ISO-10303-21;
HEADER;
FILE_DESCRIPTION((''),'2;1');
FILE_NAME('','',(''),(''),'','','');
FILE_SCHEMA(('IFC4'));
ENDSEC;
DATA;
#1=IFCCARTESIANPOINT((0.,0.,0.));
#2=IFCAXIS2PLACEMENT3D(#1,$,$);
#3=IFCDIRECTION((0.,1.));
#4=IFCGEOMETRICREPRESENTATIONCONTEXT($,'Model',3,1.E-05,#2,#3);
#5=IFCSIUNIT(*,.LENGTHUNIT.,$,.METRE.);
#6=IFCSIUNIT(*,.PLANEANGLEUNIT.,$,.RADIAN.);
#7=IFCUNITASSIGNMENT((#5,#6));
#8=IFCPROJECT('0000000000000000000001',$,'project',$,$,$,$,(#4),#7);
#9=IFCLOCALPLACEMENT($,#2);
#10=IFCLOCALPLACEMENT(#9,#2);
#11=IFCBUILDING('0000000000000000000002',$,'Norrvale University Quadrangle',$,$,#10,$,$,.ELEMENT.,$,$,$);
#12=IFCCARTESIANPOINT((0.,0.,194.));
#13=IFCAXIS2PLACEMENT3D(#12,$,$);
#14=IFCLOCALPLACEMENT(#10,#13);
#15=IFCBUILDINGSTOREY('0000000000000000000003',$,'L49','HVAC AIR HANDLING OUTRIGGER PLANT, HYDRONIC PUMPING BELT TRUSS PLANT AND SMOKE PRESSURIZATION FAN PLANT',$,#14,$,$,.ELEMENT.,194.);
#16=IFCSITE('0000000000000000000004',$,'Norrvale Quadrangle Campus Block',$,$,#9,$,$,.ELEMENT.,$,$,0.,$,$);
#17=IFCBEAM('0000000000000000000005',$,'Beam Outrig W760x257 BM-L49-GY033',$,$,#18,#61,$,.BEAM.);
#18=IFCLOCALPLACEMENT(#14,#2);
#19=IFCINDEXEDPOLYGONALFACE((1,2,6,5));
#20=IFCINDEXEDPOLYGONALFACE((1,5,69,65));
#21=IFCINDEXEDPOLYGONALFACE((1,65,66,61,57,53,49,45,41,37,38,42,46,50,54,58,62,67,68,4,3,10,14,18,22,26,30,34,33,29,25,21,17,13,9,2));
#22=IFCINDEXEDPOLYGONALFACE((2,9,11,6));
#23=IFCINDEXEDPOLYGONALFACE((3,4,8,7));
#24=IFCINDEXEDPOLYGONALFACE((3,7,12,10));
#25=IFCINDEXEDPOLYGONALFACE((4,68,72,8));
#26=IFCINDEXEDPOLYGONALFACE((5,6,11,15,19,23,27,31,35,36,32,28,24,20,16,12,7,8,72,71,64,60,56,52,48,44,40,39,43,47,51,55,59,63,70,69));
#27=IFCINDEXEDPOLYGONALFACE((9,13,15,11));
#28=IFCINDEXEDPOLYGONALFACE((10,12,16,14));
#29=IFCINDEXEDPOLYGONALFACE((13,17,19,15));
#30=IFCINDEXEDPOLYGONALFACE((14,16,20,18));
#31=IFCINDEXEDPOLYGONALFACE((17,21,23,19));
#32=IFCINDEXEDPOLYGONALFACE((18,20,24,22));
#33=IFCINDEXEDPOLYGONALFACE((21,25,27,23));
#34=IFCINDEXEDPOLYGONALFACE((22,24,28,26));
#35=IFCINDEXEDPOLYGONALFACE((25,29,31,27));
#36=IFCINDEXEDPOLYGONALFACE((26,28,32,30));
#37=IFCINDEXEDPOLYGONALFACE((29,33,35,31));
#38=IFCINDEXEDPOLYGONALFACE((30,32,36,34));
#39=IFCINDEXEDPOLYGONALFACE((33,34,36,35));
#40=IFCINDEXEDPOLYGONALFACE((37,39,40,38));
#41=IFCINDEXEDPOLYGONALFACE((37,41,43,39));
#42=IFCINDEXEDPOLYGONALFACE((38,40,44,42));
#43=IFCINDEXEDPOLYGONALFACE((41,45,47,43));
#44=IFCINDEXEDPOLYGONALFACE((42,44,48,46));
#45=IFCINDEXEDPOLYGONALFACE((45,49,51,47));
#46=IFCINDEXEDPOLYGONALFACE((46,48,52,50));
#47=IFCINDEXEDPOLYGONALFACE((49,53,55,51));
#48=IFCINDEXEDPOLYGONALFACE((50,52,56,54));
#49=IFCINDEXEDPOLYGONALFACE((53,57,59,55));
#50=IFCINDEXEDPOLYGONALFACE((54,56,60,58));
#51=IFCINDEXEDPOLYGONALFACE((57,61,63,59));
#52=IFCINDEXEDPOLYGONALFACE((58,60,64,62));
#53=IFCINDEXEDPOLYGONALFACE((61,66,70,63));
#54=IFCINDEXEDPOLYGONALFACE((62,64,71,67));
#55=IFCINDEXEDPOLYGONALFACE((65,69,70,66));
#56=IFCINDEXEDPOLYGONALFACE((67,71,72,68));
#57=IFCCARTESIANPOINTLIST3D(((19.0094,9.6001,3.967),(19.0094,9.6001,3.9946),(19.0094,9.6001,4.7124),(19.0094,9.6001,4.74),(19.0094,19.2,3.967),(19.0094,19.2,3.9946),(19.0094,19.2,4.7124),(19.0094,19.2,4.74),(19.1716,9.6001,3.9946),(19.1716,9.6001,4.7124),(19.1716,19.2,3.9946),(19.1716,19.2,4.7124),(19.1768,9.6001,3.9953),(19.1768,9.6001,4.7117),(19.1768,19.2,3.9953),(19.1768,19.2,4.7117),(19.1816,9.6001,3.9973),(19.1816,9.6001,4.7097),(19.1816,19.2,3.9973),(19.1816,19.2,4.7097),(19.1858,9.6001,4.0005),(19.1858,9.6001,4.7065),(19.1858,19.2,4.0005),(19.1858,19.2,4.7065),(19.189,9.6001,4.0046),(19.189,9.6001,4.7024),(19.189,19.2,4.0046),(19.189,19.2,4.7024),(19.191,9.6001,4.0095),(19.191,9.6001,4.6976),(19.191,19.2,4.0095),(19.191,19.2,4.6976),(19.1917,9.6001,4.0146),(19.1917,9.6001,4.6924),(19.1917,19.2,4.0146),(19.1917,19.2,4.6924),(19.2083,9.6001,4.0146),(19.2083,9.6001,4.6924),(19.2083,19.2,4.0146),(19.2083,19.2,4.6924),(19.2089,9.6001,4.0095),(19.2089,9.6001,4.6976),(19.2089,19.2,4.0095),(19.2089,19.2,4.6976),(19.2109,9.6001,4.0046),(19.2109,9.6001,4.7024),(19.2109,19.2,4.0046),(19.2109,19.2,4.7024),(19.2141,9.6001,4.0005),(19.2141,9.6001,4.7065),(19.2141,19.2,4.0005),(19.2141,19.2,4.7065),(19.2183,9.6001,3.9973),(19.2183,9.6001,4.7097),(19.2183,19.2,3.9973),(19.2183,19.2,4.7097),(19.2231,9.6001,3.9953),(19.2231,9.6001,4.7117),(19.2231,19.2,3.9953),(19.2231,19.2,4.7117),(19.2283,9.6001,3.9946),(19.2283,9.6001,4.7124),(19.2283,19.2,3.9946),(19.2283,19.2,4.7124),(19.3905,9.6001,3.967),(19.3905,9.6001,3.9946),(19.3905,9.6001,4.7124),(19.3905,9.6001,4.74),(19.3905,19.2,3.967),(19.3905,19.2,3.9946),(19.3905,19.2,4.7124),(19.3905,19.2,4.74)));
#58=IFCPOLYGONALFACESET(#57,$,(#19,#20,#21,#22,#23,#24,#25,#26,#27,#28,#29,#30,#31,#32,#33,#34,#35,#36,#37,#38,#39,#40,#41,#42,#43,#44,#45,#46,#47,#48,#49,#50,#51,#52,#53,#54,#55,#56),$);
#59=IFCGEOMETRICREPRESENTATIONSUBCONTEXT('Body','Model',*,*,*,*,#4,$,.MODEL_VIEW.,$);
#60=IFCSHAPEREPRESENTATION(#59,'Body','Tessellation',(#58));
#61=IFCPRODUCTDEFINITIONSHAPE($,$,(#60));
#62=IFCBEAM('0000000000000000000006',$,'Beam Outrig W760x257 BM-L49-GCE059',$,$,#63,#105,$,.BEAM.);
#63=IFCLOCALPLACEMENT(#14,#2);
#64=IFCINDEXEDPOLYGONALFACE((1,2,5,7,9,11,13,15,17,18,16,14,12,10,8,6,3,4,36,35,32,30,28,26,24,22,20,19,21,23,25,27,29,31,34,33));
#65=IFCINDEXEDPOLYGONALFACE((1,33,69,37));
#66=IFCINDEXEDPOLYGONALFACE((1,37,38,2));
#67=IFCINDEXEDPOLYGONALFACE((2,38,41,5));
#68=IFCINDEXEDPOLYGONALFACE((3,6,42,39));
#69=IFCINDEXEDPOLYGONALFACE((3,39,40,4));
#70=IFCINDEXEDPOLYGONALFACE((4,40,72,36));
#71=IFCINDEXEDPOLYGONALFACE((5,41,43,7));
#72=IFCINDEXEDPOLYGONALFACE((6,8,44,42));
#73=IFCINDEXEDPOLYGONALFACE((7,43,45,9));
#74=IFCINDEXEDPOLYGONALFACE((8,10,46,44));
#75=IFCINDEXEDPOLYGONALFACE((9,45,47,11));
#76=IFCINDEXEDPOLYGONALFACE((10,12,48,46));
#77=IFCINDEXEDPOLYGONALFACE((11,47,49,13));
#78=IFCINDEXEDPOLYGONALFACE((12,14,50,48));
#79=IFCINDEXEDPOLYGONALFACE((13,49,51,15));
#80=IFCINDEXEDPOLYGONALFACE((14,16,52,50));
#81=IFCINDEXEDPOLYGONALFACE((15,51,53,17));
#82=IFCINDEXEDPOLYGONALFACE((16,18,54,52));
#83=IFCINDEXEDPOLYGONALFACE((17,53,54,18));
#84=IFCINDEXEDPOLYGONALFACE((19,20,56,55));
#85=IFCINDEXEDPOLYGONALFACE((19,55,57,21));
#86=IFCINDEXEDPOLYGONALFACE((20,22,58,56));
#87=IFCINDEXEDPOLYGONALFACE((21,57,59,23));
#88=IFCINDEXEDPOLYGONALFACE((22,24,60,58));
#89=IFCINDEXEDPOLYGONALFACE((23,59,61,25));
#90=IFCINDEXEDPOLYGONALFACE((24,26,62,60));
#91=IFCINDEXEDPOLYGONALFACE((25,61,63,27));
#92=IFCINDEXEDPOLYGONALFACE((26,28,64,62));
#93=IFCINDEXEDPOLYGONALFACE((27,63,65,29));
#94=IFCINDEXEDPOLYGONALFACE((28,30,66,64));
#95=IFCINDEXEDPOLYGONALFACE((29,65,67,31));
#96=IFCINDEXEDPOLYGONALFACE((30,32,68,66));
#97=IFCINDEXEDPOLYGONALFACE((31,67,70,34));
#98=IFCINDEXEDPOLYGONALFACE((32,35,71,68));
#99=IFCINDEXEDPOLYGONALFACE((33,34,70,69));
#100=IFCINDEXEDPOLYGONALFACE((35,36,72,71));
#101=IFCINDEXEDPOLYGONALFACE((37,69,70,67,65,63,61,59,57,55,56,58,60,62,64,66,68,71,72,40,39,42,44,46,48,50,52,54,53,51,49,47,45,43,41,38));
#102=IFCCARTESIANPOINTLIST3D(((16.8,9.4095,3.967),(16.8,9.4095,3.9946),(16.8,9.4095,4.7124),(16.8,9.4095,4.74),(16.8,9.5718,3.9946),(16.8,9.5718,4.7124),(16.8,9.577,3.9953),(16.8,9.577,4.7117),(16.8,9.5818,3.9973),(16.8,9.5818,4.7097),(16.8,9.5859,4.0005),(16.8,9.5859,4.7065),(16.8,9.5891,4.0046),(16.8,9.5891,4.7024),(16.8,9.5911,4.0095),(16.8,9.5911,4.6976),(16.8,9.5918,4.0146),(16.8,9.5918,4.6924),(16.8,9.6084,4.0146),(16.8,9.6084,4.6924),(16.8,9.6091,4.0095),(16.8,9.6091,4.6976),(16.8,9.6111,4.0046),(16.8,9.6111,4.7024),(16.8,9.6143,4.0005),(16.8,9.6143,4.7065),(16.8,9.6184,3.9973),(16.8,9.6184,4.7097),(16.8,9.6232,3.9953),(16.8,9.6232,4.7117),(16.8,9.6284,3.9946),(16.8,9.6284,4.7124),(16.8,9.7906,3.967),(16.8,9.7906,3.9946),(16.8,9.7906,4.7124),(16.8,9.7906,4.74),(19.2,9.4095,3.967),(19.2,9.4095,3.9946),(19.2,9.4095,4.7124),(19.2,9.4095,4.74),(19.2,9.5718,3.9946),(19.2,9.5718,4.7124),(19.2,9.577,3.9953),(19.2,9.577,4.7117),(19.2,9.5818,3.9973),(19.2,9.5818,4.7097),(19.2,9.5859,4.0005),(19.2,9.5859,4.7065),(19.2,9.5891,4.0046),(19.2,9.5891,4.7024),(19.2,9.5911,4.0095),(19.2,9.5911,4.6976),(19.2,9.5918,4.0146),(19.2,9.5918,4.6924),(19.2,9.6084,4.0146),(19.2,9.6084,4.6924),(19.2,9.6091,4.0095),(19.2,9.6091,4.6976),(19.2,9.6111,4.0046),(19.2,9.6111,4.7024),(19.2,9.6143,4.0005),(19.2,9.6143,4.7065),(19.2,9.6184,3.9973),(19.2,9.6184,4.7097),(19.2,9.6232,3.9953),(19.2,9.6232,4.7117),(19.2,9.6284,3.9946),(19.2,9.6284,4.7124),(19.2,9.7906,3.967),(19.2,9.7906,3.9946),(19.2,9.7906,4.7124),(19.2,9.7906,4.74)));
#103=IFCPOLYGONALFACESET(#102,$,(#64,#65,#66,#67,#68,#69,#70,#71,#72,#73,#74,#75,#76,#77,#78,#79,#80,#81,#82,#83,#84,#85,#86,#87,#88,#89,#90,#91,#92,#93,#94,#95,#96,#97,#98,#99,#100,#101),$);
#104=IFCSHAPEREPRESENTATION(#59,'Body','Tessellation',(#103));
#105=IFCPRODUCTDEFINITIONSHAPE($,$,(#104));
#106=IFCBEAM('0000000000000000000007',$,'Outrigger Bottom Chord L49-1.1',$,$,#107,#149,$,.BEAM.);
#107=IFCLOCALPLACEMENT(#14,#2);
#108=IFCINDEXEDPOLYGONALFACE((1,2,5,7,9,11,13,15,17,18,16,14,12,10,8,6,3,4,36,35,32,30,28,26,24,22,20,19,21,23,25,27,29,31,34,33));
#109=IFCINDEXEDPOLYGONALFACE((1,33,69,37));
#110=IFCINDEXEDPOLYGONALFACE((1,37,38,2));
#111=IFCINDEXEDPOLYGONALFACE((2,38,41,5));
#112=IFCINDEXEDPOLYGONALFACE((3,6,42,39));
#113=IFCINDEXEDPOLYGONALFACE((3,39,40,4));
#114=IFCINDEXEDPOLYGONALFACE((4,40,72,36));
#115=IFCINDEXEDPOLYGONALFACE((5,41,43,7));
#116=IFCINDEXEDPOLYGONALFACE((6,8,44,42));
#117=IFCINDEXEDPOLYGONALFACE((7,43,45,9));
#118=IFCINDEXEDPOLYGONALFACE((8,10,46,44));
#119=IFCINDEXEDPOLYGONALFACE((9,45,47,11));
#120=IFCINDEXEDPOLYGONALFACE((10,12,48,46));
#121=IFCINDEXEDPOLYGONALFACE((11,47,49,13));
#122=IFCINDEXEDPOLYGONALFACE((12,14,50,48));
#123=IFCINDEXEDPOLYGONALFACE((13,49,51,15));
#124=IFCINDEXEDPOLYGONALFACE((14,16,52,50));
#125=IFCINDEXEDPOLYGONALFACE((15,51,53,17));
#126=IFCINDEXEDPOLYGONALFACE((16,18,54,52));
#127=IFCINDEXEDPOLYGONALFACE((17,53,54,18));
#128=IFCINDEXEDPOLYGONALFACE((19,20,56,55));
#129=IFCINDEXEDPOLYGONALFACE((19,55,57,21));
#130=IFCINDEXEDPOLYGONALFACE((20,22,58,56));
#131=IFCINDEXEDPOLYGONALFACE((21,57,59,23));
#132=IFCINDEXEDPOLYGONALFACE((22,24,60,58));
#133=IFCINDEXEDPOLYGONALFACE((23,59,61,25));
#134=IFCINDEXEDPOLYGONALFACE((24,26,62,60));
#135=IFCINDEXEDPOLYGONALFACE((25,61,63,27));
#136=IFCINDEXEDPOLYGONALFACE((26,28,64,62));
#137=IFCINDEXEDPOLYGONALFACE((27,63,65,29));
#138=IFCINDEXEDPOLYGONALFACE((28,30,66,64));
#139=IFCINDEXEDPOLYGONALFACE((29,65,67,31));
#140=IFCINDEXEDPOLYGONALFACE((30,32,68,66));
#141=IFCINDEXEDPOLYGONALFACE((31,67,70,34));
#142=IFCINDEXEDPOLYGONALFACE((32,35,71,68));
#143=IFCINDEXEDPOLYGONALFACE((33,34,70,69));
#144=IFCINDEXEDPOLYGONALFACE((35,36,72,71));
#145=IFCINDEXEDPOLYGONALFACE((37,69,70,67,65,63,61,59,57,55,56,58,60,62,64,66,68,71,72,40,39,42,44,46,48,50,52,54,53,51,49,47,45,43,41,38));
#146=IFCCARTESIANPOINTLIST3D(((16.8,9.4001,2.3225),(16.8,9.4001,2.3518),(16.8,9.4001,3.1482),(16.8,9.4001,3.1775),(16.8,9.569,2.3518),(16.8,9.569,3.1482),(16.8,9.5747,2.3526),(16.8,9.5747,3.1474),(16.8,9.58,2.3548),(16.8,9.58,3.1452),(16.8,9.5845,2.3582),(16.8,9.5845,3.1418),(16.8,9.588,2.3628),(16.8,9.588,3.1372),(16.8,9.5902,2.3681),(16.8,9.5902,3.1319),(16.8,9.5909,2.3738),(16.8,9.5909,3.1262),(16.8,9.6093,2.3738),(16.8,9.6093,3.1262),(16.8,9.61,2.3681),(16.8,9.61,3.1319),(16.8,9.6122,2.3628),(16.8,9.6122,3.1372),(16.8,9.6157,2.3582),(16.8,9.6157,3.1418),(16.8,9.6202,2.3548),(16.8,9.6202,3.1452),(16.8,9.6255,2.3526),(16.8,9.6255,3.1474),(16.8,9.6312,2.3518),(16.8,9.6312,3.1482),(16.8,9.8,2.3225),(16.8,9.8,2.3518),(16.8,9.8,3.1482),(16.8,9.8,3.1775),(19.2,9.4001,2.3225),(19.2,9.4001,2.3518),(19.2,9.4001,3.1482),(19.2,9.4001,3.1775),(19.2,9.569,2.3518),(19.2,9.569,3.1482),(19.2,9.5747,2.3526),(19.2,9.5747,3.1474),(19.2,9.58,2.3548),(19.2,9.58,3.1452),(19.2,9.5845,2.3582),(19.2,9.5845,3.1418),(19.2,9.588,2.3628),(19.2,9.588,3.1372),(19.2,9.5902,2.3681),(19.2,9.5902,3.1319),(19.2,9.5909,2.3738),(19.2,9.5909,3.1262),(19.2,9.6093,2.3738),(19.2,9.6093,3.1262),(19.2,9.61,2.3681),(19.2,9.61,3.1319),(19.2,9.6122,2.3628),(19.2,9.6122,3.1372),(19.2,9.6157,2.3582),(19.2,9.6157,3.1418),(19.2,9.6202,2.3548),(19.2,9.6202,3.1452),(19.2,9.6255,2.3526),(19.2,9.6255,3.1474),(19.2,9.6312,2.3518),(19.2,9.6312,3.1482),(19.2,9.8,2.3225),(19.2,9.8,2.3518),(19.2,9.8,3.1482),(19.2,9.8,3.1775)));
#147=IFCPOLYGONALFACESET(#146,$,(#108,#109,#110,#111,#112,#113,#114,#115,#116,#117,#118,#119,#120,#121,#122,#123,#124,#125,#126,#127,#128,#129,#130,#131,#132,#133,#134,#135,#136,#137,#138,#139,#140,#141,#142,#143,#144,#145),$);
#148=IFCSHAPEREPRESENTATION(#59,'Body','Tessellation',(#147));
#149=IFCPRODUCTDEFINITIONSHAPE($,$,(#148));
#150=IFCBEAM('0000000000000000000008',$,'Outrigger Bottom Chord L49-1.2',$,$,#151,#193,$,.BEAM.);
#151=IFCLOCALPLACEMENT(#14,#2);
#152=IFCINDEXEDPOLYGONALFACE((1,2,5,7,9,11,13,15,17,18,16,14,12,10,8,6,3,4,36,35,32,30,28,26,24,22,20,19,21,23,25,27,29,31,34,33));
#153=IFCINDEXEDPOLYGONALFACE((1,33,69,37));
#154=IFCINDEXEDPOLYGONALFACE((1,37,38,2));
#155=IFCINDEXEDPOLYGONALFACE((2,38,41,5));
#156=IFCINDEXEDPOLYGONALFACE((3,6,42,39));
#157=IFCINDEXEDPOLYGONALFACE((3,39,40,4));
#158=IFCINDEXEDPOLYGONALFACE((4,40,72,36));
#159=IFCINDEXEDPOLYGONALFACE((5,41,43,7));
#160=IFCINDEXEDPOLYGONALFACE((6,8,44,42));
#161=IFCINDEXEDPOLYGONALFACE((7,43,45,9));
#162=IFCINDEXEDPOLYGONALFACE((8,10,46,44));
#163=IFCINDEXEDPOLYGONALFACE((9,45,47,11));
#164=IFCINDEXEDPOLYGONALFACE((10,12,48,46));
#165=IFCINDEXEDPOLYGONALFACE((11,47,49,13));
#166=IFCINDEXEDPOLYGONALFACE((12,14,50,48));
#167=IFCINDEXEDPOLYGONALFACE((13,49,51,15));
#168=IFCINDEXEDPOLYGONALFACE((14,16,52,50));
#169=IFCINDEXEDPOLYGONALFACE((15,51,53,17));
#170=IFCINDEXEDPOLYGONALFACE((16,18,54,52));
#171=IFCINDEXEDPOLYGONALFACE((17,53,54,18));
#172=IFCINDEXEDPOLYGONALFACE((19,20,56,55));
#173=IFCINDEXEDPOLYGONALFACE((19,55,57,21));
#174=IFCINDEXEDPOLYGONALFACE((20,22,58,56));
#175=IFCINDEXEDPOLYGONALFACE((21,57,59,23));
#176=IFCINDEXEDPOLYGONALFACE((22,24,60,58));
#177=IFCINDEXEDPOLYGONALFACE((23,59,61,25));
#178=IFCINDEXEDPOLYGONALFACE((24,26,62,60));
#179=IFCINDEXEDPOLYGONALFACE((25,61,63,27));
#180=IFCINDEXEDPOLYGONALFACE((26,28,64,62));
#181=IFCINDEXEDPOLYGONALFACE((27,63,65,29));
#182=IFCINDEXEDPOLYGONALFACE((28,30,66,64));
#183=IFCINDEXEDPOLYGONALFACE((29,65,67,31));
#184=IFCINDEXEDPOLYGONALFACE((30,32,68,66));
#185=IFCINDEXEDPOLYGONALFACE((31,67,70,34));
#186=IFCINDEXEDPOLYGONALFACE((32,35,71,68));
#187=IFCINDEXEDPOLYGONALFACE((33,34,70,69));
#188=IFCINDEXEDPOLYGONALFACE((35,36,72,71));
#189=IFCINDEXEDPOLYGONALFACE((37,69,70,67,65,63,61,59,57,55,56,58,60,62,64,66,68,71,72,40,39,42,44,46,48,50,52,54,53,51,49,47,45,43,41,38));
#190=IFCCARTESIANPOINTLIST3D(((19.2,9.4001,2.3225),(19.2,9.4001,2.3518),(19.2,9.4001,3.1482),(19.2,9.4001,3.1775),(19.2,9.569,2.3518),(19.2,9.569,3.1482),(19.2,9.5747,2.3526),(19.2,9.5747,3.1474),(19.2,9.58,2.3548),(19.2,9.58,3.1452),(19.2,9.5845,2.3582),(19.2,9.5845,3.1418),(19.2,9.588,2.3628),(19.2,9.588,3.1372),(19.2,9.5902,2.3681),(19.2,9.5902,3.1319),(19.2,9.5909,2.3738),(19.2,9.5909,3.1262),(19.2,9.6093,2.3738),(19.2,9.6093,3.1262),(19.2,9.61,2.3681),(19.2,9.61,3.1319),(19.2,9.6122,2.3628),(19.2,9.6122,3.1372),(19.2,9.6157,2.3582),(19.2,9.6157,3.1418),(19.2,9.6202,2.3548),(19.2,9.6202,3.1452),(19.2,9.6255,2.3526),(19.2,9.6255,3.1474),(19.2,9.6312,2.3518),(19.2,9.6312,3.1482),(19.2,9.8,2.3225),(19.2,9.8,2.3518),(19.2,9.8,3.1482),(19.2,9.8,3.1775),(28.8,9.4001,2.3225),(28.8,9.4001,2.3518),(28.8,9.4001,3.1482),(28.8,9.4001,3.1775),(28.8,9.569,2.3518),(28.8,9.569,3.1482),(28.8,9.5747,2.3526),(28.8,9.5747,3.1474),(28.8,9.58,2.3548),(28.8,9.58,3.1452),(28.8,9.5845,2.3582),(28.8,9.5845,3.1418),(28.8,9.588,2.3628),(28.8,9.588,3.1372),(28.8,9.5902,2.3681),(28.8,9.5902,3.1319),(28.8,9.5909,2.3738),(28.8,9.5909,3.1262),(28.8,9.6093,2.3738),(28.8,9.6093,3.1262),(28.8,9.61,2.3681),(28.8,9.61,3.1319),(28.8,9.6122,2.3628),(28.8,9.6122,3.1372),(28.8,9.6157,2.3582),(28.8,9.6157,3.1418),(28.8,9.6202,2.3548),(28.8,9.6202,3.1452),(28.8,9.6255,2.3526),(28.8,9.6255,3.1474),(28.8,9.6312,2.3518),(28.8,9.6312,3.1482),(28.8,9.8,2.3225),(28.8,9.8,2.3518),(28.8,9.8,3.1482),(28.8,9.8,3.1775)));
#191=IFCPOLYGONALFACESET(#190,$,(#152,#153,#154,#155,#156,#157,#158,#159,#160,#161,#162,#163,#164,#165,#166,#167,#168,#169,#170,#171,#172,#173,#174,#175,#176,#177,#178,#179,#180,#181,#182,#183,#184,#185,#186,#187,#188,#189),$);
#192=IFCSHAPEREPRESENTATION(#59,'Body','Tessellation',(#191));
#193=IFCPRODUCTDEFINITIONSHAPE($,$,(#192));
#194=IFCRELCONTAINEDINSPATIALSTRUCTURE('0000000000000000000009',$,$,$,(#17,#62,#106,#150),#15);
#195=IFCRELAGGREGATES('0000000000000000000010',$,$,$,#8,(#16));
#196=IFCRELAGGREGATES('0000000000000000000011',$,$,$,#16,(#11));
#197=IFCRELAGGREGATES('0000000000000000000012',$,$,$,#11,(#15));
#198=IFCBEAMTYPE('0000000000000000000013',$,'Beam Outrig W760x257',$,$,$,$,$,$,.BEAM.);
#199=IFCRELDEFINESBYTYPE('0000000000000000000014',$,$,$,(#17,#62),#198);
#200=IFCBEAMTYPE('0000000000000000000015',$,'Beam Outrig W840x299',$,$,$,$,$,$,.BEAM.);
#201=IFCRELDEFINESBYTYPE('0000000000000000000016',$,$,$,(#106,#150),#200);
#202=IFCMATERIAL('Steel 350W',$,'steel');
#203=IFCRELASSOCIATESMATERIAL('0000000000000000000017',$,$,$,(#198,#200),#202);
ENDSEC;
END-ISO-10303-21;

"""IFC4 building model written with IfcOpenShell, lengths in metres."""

from ifc_helpers import new_model, si_unit, direction, frame, origin, origin_2d, place, context, subcontext, project, spatial, i_section, extrude, material, material_profile, profile_set, type_object, element, save


model = new_model("IFC4")

# Units and contexts
model_context = context("Model", 3, precision=1e-05, world=origin(), true_north=direction((0.0, 1.0)))
body_context = subcontext(model_context, "Body", "Model", "MODEL_VIEW")
ifc_project = project(units=[si_unit("LENGTHUNIT", "METRE"), si_unit("PLANEANGLEUNIT", "RADIAN")], contexts=[model_context])

# Site, building, storey
site_placement = place(None, origin())
site = spatial("IfcSite", under=ifc_project, at=site_placement, Name="Norrvale Quadrangle Campus Block", CompositionType="ELEMENT", RefElevation=0.0)
building_placement = place(site_placement, origin())
building = spatial("IfcBuilding", under=site, at=building_placement, Name="Norrvale University Quadrangle", CompositionType="ELEMENT")
storey_placement = place(building_placement, frame((0.0, 0.0, 194.0)))
storey = spatial("IfcBuildingStorey", under=building, at=storey_placement, Name="L49", Description="HVAC AIR HANDLING OUTRIGGER PLANT, HYDRONIC PUMPING BELT TRUSS PLANT AND SMOKE PRESSURIZATION FAN PLANT", CompositionType="ELEMENT", Elevation=194.0)

# Beams
ifc_material_1 = material(Name="Steel 350W", Category="steel")
ifc_material_profile_1 = material_profile(ifc_material_1, i_section(OverallWidth=0.3811, OverallDepth=0.7729, WebThickness=0.0166, FlangeThickness=0.0276, FilletRadius=0.02, at=origin_2d()), Name="Steel 350W")
ifc_profile_set_1 = profile_set([ifc_material_profile_1], Name="Steel 350W")
beam_type_1 = type_object("IfcBeamType", Name="Beam Outrig W760x257", PredefinedType="BEAM", material=ifc_profile_set_1)
beam_1_placement = place(storey_placement, frame((19.2, 9.6001, 4.3535), z_axis=(0.0, 1.0, 0.0), x_axis=(-1.0, 0.0, 0.0)))
element("IfcBeam", 1, at=beam_1_placement, inside=storey, type_object=beam_type_1, Name="Beam Outrig W760x257 BM-L49-GY033", PredefinedType="BEAM", context=body_context, shape_type="SweptSolid", body=[
    extrude(i_section(OverallWidth=0.3811, OverallDepth=0.7729, WebThickness=0.0166, FlangeThickness=0.0276, FilletRadius=0.02, at=origin_2d()), origin(), (0.0, 0.0, 1.0), 9.5999),
])
beam_2_placement = place(storey_placement, frame((16.8, 9.6001, 4.3535), z_axis=(1.0, 0.0, 0.0), x_axis=(0.0, 1.0, 0.0)))
element("IfcBeam", 2, at=beam_2_placement, inside=storey, type_object=beam_type_1, Name="Beam Outrig W760x257 BM-L49-GCE059", PredefinedType="BEAM", context=body_context, shape_type="SweptSolid", body=[
    extrude(i_section(OverallWidth=0.3811, OverallDepth=0.7729, WebThickness=0.0166, FlangeThickness=0.0276, FilletRadius=0.02, at=origin_2d()), origin(), (0.0, 0.0, 1.0), 2.3999),
])
ifc_material_profile_2 = material_profile(ifc_material_1, i_section(OverallWidth=0.3999, OverallDepth=0.855, WebThickness=0.0183, FlangeThickness=0.0293, FilletRadius=0.022, at=origin_2d()), Name="Steel 350W")
ifc_profile_set_2 = profile_set([ifc_material_profile_2], Name="Steel 350W")
beam_type_2 = type_object("IfcBeamType", Name="Beam Outrig W840x299", PredefinedType="BEAM", material=ifc_profile_set_2)
beam_3_placement = place(storey_placement, frame((16.8, 9.6001, 2.75), z_axis=(1.0, 0.0, 0.0), x_axis=(0.0, 1.0, 0.0)))
element("IfcBeam", 3, at=beam_3_placement, inside=storey, type_object=beam_type_2, Name="Outrigger Bottom Chord L49-1.1", PredefinedType="BEAM", context=body_context, shape_type="SweptSolid", body=[
    extrude(i_section(OverallWidth=0.3999, OverallDepth=0.855, WebThickness=0.0183, FlangeThickness=0.0293, FilletRadius=0.022, at=origin_2d()), origin(), (0.0, 0.0, 1.0), 2.3999),
])
beam_4_placement = place(storey_placement, frame((19.2, 9.6001, 2.75), z_axis=(1.0, 0.0, 0.0), x_axis=(0.0, 1.0, 0.0)))
element("IfcBeam", 4, at=beam_4_placement, inside=storey, type_object=beam_type_2, Name="Outrigger Bottom Chord L49-1.2", PredefinedType="BEAM", context=body_context, shape_type="SweptSolid", body=[
    extrude(i_section(OverallWidth=0.3999, OverallDepth=0.855, WebThickness=0.0183, FlangeThickness=0.0293, FilletRadius=0.022, at=origin_2d()), origin(), (0.0, 0.0, 1.0), 9.6001),
])

save(model, "model.ifc")
